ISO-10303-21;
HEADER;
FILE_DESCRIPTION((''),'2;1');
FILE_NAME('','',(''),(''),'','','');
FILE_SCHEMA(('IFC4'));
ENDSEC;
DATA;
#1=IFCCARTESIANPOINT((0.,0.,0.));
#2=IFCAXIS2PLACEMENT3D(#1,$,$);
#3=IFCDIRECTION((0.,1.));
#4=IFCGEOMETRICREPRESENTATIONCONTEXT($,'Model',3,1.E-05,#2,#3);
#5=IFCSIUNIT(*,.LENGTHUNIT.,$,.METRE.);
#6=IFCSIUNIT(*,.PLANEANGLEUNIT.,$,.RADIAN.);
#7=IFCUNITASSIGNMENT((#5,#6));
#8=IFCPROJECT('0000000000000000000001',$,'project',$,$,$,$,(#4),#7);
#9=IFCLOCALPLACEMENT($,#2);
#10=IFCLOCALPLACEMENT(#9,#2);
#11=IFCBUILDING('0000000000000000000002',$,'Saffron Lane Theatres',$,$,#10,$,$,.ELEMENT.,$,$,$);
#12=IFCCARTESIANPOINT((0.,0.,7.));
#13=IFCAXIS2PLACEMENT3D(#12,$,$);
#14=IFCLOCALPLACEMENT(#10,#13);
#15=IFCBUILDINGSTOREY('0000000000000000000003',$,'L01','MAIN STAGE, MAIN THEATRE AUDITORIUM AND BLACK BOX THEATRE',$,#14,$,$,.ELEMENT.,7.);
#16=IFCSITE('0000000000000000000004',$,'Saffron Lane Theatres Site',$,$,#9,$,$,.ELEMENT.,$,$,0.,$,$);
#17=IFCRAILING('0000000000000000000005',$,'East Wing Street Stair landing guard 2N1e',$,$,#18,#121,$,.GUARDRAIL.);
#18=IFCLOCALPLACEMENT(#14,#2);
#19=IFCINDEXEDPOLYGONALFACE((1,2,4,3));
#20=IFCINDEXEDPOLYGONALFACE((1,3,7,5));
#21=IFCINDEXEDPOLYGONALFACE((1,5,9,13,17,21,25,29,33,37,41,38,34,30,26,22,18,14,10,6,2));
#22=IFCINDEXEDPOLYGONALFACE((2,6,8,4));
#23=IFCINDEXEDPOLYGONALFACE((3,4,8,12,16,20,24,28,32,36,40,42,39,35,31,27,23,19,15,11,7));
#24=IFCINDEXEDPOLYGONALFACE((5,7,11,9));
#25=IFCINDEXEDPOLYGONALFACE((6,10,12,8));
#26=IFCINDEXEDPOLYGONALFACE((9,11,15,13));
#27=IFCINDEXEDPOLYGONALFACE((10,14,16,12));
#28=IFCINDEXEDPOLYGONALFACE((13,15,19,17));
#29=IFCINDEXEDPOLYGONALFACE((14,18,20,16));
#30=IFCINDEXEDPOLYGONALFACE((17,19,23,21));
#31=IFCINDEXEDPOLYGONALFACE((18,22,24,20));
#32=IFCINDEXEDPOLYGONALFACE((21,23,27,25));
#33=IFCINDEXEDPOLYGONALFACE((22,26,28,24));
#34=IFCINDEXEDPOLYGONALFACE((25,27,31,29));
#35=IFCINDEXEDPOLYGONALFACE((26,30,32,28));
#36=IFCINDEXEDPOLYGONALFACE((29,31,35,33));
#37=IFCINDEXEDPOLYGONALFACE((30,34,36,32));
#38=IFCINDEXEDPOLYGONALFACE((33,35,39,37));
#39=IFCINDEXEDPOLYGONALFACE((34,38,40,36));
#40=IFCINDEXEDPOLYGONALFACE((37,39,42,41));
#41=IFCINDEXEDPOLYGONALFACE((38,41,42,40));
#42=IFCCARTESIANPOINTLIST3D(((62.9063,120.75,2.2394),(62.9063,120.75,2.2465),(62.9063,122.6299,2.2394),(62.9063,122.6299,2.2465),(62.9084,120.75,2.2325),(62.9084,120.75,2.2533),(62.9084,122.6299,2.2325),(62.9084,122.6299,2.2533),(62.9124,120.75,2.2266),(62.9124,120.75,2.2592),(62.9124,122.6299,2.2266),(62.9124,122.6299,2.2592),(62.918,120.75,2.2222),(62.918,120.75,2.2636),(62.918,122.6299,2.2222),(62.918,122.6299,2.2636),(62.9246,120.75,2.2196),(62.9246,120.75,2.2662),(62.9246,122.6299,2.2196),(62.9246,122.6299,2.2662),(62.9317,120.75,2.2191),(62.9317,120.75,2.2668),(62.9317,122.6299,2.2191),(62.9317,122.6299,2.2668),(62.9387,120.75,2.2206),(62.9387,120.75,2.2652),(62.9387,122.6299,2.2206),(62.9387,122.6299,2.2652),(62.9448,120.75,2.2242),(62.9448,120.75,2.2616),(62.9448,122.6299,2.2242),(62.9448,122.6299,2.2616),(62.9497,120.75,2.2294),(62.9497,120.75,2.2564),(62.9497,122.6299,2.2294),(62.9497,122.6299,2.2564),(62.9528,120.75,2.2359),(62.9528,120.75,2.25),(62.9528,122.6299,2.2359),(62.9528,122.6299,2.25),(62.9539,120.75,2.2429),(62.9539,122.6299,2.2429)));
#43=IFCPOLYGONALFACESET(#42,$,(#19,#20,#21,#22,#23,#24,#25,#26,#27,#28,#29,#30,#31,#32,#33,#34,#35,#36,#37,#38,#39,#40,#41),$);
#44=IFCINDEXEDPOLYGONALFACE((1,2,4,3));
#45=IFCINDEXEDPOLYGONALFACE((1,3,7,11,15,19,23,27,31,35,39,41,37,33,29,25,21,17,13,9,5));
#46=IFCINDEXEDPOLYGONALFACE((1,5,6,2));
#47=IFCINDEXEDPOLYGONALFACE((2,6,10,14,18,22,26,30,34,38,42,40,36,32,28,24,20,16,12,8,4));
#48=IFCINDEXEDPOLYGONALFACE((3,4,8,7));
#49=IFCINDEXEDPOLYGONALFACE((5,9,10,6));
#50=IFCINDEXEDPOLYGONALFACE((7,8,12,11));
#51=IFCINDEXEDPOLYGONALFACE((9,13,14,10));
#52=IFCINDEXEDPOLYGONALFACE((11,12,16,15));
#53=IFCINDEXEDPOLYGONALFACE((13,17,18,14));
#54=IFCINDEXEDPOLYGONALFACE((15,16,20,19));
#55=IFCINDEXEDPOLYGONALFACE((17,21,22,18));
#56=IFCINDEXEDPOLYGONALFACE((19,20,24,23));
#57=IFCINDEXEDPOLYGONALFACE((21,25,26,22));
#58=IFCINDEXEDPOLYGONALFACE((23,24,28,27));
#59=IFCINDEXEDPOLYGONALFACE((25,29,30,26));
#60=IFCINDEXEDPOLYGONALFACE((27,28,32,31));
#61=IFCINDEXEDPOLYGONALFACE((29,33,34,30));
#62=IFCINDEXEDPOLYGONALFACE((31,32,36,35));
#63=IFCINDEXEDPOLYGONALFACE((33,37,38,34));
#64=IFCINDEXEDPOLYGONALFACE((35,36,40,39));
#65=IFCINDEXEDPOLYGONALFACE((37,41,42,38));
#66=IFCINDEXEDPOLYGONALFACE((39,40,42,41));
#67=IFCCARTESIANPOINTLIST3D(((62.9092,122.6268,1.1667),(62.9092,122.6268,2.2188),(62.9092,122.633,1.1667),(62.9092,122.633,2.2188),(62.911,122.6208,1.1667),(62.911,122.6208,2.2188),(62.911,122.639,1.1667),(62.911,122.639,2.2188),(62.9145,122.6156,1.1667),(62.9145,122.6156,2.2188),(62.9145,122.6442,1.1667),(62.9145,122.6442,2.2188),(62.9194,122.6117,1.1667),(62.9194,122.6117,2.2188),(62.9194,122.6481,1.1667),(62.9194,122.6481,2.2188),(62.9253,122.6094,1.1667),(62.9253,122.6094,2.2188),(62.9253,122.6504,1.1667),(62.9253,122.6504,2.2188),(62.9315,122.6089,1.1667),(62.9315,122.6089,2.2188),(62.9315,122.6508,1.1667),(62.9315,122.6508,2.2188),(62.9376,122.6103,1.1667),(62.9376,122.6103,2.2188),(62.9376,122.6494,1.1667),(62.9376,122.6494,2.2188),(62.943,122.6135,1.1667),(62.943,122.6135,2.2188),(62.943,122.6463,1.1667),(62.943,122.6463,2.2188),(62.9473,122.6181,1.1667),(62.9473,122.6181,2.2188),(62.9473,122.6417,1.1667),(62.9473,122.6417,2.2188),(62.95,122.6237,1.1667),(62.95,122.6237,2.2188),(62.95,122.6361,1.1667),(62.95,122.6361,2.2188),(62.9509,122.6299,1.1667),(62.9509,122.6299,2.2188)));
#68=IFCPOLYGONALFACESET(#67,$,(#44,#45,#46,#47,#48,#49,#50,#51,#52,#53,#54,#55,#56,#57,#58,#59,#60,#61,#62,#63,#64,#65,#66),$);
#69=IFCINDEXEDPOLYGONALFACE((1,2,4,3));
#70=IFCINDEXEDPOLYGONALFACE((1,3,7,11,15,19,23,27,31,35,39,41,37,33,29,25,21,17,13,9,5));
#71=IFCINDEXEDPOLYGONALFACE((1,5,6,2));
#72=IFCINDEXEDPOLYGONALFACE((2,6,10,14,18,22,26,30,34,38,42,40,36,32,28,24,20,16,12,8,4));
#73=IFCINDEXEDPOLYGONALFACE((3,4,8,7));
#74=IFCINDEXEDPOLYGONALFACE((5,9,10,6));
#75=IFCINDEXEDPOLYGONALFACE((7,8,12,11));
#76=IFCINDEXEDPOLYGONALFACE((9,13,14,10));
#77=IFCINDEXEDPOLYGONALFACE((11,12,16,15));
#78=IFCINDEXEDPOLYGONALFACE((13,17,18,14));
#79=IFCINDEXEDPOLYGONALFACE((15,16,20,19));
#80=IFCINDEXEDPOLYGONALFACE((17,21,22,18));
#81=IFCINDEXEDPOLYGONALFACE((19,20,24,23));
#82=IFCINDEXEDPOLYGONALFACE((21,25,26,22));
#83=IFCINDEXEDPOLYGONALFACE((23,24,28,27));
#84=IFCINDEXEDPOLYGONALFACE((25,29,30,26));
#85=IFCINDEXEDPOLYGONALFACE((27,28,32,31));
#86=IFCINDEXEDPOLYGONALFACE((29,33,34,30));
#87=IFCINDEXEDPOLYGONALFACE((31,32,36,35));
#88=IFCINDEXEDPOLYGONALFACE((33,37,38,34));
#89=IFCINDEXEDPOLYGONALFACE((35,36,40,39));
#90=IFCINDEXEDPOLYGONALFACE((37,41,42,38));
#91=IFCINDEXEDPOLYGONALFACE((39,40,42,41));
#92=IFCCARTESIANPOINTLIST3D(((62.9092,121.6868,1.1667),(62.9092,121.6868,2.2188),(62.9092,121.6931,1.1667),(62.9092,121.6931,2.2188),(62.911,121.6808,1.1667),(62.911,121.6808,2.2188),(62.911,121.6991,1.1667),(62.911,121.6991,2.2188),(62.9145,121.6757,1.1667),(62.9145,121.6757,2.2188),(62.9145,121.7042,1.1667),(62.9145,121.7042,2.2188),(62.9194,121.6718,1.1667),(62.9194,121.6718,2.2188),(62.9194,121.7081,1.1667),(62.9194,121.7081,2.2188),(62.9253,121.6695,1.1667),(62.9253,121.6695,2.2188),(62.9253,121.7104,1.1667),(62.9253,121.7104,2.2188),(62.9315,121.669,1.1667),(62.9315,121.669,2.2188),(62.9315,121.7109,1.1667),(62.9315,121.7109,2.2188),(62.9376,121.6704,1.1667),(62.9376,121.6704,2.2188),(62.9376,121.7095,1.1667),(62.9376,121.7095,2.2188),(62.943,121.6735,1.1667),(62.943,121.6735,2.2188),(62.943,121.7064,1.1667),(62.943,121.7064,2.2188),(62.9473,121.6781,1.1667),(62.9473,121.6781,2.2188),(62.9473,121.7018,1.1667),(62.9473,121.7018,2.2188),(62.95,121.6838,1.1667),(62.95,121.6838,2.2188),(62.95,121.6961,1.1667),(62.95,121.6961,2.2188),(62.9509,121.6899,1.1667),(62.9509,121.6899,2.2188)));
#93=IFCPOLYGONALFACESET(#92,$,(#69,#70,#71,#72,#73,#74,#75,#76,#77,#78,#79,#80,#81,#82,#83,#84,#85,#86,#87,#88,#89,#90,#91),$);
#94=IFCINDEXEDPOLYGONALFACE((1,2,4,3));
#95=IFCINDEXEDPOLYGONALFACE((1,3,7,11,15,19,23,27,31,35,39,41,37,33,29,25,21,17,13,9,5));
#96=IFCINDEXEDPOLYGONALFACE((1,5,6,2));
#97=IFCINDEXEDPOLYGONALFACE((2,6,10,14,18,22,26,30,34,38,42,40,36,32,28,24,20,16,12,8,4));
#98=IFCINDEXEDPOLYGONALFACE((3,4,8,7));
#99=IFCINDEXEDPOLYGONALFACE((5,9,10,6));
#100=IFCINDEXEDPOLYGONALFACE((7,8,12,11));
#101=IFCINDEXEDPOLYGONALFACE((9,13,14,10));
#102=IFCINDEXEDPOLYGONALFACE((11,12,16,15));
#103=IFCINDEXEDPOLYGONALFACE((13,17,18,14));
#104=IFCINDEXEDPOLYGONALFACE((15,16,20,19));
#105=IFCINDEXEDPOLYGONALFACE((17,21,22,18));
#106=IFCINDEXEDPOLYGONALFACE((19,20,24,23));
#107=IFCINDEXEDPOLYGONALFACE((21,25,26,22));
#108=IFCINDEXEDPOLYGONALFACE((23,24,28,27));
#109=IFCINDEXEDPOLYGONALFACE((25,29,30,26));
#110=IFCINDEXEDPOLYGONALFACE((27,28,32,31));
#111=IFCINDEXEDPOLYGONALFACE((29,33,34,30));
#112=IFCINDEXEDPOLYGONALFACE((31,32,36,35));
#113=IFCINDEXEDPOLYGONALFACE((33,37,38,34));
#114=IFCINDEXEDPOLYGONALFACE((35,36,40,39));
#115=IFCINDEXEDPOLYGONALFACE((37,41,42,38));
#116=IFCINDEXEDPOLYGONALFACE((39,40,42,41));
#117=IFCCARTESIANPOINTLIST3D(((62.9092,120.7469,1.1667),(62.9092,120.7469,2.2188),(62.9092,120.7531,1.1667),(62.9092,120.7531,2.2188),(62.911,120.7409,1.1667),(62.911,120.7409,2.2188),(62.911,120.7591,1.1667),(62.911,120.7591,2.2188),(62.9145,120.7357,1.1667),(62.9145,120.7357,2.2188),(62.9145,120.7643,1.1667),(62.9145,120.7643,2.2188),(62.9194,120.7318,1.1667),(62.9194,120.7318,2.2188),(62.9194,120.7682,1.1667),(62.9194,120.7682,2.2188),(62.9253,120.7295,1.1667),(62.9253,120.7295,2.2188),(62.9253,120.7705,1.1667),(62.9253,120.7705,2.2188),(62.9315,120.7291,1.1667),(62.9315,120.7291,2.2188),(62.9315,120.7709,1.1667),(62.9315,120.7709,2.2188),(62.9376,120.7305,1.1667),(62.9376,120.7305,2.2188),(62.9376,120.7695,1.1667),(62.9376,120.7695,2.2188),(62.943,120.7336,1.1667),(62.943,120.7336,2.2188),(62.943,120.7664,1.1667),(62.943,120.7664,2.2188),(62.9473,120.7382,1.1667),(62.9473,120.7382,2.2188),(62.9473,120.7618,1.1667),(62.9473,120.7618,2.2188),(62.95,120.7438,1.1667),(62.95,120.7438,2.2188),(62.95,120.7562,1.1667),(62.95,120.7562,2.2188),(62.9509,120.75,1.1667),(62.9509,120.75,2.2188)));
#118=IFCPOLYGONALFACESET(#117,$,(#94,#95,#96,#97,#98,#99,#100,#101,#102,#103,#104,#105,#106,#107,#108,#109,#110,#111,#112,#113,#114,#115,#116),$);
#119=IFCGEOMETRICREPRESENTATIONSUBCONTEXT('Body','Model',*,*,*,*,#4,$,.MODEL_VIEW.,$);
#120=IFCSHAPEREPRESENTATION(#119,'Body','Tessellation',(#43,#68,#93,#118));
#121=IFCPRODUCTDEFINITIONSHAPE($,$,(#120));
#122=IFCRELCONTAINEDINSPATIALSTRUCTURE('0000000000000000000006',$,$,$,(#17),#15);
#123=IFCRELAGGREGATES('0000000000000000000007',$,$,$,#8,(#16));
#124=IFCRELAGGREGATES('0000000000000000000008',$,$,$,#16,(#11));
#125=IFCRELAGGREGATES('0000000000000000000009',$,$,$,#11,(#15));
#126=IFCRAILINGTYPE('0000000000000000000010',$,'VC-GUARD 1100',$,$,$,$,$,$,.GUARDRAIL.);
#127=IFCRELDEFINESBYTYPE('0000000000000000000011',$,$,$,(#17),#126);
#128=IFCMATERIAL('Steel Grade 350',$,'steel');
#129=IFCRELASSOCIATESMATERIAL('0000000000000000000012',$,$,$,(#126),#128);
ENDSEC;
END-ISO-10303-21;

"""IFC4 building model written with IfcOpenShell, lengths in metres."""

from ifc_helpers import new_model, si_unit, direction, frame, origin, origin_2d, place, context, subcontext, project, spatial, circle, extrude, material, type_object, element, save


model = new_model("IFC4")

# Units and contexts
model_context = context("Model", 3, precision=1e-05, world=origin(), true_north=direction((0.0, 1.0)))
body_context = subcontext(model_context, "Body", "Model", "MODEL_VIEW")
ifc_project = project(units=[si_unit("LENGTHUNIT", "METRE"), si_unit("PLANEANGLEUNIT", "RADIAN")], contexts=[model_context])

# Site, building, storey
site_placement = place(None, origin())
site = spatial("IfcSite", under=ifc_project, at=site_placement, Name="Saffron Lane Theatres Site", CompositionType="ELEMENT", RefElevation=0.0)
building_placement = place(site_placement, origin())
building = spatial("IfcBuilding", under=site, at=building_placement, Name="Saffron Lane Theatres", CompositionType="ELEMENT")
storey_placement = place(building_placement, frame((0.0, 0.0, 7.0)))
storey = spatial("IfcBuildingStorey", under=building, at=storey_placement, Name="L01", Description="MAIN STAGE, MAIN THEATRE AUDITORIUM AND BLACK BOX THEATRE", CompositionType="ELEMENT", Elevation=7.0)

# Railing
ifc_material_1 = material(Name="Steel Grade 350", Category="steel")
railing_type_1 = type_object("IfcRailingType", Name="VC-GUARD 1100", PredefinedType="GUARDRAIL", material=ifc_material_1)
railing_1_placement = place(storey_placement, frame((62.9299, 122.6299, 1.1667)))
element("IfcRailing", 1, at=railing_1_placement, inside=storey, type_object=railing_type_1, Name="East Wing Street Stair landing guard 2N1e", PredefinedType="GUARDRAIL", context=body_context, shape_type="SweptSolid", body=[
    extrude(circle(Radius=0.0239, at=origin_2d()), frame((0.0, 0.0, 1.0762), z_axis=(0.0, -1.0, 0.0), x_axis=(1.0, 0.0, 0.0)), (0.0, 0.0, 1.0), 1.8799),
    extrude(circle(Radius=0.021, at=origin_2d()), origin(), (0.0, 0.0, 1.0), 1.052),
    extrude(circle(Radius=0.021, at=origin_2d()), frame((0.0, -0.9399, 0.0)), (0.0, 0.0, 1.0), 1.052),
    extrude(circle(Radius=0.021, at=origin_2d()), frame((0.0, -1.8799, 0.0)), (0.0, 0.0, 1.0), 1.052),
])

save(model, "model.ifc")
